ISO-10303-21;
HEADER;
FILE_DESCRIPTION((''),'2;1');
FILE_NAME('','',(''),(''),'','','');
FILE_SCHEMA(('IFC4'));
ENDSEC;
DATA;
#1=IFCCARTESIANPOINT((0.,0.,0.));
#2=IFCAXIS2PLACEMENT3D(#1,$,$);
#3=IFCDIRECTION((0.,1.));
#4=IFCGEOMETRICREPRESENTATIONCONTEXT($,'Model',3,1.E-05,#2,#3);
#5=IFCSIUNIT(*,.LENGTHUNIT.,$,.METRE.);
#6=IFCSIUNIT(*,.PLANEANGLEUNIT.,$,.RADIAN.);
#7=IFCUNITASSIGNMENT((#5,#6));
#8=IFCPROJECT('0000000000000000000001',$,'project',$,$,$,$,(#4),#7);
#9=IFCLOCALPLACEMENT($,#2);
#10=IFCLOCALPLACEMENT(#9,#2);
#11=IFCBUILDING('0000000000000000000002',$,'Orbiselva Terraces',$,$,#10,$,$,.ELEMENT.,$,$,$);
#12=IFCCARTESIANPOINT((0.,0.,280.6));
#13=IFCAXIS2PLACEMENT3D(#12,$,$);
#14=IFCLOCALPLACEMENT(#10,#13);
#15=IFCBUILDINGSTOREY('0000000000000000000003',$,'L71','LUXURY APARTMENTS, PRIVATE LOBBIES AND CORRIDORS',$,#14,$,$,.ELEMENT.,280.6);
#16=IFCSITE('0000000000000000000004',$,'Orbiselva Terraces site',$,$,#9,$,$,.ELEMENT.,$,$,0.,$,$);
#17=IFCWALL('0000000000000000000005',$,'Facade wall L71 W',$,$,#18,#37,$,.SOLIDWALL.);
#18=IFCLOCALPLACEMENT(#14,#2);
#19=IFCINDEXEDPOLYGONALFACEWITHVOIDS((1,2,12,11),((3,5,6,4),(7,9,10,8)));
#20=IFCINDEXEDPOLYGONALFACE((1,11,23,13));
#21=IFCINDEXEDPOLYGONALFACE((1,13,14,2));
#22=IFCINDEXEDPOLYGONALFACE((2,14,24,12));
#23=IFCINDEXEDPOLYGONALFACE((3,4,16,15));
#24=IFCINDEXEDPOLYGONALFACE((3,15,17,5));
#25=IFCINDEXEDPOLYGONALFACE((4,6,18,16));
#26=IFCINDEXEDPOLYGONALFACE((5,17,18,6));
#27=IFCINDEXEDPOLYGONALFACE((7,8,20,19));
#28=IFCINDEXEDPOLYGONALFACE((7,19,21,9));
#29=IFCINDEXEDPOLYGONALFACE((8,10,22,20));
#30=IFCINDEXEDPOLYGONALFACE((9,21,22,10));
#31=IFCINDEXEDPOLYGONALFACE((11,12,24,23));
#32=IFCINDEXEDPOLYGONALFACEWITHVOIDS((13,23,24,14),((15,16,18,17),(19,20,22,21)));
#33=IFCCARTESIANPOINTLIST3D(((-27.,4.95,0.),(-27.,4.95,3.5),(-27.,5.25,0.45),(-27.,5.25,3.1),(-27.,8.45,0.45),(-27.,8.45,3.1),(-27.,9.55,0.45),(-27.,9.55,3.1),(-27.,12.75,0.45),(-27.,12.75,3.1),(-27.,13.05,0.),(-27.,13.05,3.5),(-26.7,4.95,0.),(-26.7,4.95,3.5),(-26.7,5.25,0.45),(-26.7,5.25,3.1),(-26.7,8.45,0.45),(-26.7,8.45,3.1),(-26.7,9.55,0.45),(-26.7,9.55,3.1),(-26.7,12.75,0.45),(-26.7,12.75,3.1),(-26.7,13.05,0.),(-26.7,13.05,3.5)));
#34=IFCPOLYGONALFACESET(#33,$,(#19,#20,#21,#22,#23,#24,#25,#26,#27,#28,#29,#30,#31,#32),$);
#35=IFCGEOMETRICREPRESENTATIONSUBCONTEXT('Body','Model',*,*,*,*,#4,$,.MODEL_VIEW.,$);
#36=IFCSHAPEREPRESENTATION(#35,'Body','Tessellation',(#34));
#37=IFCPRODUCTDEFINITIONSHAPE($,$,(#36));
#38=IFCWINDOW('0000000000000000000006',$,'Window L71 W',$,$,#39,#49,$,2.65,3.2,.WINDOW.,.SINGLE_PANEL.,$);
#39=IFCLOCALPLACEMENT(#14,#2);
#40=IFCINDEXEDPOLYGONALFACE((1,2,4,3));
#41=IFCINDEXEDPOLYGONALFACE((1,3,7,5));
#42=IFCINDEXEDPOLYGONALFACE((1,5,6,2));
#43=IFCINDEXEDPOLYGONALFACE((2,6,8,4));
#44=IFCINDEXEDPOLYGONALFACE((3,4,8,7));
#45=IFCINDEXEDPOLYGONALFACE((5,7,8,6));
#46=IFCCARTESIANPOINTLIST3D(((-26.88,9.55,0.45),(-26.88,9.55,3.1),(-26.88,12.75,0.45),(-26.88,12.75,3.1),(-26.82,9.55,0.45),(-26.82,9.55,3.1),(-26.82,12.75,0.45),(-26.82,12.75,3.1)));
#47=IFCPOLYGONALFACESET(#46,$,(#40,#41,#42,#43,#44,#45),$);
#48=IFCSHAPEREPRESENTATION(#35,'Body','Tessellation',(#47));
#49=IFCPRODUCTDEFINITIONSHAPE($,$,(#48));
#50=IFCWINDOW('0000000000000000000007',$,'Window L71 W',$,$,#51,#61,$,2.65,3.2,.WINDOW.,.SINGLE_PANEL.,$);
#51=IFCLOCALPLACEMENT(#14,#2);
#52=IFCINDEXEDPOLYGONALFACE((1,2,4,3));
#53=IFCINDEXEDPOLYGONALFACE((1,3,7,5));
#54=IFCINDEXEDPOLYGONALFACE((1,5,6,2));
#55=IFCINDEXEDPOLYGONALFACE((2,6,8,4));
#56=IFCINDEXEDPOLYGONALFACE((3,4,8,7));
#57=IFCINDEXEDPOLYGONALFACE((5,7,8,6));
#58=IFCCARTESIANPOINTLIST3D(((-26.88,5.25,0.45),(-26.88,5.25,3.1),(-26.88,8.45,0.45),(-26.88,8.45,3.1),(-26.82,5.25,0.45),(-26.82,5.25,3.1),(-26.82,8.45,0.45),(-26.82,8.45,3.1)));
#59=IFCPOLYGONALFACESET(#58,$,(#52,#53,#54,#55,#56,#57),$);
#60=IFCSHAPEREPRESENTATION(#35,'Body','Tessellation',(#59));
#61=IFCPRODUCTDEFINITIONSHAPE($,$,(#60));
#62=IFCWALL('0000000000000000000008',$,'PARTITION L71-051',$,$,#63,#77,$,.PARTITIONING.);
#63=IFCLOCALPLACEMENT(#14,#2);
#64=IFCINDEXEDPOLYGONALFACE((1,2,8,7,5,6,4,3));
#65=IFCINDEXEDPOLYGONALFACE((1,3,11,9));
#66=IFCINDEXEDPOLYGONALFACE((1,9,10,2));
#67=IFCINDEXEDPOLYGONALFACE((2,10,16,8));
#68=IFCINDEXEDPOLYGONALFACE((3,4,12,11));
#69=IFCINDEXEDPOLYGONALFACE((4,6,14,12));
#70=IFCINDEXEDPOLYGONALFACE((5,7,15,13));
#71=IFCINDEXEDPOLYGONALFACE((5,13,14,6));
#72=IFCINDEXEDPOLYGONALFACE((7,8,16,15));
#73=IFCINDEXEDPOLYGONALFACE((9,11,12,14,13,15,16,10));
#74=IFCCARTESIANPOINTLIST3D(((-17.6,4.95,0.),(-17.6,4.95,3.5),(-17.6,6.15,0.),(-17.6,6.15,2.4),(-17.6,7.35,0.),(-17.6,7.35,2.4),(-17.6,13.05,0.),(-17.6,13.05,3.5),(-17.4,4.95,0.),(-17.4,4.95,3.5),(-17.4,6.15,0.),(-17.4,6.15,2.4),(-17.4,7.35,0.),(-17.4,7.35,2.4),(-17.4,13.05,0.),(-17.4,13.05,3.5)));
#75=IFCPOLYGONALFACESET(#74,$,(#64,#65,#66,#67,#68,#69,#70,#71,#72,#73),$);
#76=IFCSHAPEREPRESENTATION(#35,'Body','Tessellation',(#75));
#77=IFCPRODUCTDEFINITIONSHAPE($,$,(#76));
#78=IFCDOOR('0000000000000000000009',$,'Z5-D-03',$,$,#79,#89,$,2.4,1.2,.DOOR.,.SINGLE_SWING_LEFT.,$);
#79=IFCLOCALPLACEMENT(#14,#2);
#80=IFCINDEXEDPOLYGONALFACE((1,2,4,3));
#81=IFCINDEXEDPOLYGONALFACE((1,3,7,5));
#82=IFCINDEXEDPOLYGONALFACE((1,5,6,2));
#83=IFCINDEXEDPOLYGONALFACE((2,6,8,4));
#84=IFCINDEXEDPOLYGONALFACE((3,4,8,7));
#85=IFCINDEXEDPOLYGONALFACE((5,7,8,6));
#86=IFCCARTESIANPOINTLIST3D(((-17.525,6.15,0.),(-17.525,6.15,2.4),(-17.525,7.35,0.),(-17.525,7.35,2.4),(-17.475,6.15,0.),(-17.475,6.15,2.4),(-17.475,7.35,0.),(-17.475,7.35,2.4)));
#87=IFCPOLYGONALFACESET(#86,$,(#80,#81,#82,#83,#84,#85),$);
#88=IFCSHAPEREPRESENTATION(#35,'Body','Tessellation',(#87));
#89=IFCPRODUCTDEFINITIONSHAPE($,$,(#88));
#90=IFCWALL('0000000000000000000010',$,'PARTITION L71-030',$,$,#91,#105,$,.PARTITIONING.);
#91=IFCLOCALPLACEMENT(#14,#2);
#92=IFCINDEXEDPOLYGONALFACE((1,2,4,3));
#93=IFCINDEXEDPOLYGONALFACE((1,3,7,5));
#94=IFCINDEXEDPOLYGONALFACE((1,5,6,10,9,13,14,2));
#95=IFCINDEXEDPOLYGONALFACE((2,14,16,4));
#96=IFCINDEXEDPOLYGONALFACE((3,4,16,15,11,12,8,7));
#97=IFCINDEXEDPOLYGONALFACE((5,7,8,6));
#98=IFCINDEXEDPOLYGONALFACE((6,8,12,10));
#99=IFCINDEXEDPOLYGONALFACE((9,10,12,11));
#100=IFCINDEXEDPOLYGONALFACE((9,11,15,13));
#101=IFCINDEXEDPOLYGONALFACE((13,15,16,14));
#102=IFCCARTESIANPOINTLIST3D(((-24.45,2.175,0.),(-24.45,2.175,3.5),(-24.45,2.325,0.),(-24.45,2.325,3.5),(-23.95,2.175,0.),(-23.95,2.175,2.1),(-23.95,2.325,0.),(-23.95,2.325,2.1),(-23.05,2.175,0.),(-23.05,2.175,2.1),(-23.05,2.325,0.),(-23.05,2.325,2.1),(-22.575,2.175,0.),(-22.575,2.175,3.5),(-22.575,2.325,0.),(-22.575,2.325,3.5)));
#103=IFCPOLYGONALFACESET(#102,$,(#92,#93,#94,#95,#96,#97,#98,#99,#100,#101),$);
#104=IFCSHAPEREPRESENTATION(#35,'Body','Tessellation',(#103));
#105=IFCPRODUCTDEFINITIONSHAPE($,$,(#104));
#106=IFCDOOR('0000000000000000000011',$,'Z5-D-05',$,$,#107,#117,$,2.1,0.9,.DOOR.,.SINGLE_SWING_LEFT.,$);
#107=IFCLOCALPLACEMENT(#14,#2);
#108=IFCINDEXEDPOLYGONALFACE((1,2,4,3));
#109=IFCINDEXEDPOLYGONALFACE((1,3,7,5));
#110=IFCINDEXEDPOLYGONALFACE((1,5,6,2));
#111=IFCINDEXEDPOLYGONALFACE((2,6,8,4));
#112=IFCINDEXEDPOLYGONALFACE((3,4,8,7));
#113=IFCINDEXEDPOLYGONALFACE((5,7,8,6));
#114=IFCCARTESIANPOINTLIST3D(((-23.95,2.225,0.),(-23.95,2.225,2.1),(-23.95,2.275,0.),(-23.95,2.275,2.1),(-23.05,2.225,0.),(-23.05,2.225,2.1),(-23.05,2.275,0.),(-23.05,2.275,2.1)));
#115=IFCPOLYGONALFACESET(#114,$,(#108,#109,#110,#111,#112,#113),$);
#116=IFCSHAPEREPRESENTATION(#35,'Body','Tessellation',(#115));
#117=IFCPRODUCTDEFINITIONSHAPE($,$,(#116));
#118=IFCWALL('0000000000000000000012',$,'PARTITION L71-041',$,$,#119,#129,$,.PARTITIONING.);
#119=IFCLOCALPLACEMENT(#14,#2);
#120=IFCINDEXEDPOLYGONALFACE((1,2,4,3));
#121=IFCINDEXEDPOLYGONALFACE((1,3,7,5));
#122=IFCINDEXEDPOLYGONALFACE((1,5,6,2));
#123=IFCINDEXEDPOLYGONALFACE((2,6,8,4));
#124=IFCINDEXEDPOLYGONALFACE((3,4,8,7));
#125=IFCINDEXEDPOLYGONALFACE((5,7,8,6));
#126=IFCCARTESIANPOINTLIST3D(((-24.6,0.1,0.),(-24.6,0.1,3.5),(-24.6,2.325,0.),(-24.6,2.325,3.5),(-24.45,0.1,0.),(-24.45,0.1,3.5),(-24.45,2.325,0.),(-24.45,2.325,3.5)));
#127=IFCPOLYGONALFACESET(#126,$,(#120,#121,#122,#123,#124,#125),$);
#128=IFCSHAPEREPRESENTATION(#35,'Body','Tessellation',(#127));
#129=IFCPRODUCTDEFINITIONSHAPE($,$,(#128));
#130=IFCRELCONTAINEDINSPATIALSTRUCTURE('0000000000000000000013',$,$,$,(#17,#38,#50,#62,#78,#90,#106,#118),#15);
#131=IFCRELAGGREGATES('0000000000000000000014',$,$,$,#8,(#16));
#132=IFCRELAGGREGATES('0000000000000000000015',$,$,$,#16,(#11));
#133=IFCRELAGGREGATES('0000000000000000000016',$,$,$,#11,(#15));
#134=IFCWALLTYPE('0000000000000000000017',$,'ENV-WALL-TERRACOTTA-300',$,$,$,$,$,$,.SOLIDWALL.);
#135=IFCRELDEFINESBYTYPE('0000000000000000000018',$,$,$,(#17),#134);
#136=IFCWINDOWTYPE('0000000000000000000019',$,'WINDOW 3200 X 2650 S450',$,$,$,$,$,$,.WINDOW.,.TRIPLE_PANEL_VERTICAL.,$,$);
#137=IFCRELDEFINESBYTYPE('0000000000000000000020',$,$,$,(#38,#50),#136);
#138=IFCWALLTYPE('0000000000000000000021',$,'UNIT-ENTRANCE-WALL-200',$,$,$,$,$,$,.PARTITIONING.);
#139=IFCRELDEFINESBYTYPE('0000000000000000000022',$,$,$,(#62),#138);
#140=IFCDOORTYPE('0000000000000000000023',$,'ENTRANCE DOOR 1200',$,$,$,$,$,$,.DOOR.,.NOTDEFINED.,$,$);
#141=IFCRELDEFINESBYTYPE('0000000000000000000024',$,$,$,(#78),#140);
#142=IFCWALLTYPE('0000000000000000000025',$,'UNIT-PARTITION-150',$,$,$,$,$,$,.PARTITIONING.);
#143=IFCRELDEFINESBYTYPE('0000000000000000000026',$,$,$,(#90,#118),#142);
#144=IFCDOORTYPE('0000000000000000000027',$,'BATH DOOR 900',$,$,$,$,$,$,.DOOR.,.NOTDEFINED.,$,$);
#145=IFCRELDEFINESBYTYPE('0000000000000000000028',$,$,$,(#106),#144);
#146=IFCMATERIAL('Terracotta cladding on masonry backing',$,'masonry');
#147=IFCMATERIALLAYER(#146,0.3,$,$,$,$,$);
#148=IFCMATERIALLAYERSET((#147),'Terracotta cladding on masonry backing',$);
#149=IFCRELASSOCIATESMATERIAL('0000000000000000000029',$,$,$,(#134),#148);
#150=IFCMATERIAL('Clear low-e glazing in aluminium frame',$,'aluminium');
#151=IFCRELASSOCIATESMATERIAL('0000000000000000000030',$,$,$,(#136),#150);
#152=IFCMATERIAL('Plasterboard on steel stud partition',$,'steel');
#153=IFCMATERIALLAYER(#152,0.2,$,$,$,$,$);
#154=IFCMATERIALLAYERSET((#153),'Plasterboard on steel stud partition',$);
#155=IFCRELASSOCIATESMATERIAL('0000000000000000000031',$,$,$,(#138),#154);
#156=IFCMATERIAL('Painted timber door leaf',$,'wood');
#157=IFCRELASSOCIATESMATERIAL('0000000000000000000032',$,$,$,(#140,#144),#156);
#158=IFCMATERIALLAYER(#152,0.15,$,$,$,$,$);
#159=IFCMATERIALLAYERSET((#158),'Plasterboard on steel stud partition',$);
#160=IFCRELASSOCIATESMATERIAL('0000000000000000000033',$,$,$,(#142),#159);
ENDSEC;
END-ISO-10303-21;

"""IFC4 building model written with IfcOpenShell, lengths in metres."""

from ifc_helpers import new_model, si_unit, direction, frame, frame_2d, origin, place, context, subcontext, project, spatial, rectangle, extrude, material, layer, layer_set, type_object, element, fill, save


model = new_model("IFC4")

# Units and contexts
model_context = context("Model", 3, precision=1e-05, world=origin(), true_north=direction((0.0, 1.0)))
body_context = subcontext(model_context, "Body", "Model", "MODEL_VIEW")
ifc_project = project(units=[si_unit("LENGTHUNIT", "METRE"), si_unit("PLANEANGLEUNIT", "RADIAN")], contexts=[model_context])

# Site, building, storey
site_placement = place(None, origin())
site = spatial("IfcSite", under=ifc_project, at=site_placement, Name="Orbiselva Terraces site", CompositionType="ELEMENT", RefElevation=0.0)
building_placement = place(site_placement, origin())
building = spatial("IfcBuilding", under=site, at=building_placement, Name="Orbiselva Terraces", CompositionType="ELEMENT")
storey_placement = place(building_placement, frame((0.0, 0.0, 280.6)))
storey = spatial("IfcBuildingStorey", under=building, at=storey_placement, Name="L71", Description="LUXURY APARTMENTS, PRIVATE LOBBIES AND CORRIDORS", CompositionType="ELEMENT", Elevation=280.6)

# Wall, openings, windows
ifc_material_1 = material(Name="Terracotta cladding on masonry backing", Category="masonry")
ifc_layer_1 = layer(ifc_material_1, 0.3)
ifc_layer_set_1 = layer_set([ifc_layer_1], Name="Terracotta cladding on masonry backing")
wall_type_1 = type_object("IfcWallType", Name="ENV-WALL-TERRACOTTA-300", PredefinedType="SOLIDWALL", material=ifc_layer_set_1)
wall_1_placement = place(storey_placement, frame((-26.85, 4.95, 0.0), z_axis=(0.0, 0.0, 1.0), x_axis=(0.0, 1.0, 0.0)))
wall_1 = element("IfcWall", 1, at=wall_1_placement, inside=storey, type_object=wall_type_1, Name="Facade wall L71 W", PredefinedType="SOLIDWALL", context=body_context, shape_type="SweptSolid", body=[
    extrude(rectangle(XDim=8.1, YDim=0.3, at=frame_2d((4.05, 0.0))), origin(), (0.0, 0.0, 1.0), 3.5),
])
opening_1_placement = place(wall_1_placement, frame((4.6, 0.0, 0.45)))
opening_1 = element("IfcOpeningElement", 2, at=opening_1_placement, cuts=wall_1, PredefinedType="OPENING", context=body_context, shape_type="SweptSolid", body=[
    extrude(rectangle(XDim=3.2, YDim=2.65, at=frame_2d((1.6, 1.325))), frame((0.0, 0.16, 0.0), z_axis=(0.0, -1.0, 0.0), x_axis=(1.0, 0.0, 0.0)), (0.0, 0.0, 1.0), 0.32),
])
opening_2_placement = place(wall_1_placement, frame((0.3, 0.0, 0.45)))
opening_2 = element("IfcOpeningElement", 3, at=opening_2_placement, cuts=wall_1, PredefinedType="OPENING", context=body_context, shape_type="SweptSolid", body=[
    extrude(rectangle(XDim=3.2, YDim=2.65, at=frame_2d((1.6, 1.325))), frame((0.0, 0.16, 0.0), z_axis=(0.0, -1.0, 0.0), x_axis=(1.0, 0.0, 0.0)), (0.0, 0.0, 1.0), 0.32),
])
ifc_material_2 = material(Name="Clear low-e glazing in aluminium frame", Category="aluminium")
window_type = type_object("IfcWindowType", Name="WINDOW 3200 X 2650 S450", PartitioningType="TRIPLE_PANEL_VERTICAL", PredefinedType="WINDOW", material=ifc_material_2)
window_1_placement = place(opening_1_placement, origin())
window_1 = element("IfcWindow", 4, at=window_1_placement, inside=storey, type_object=window_type, Name="Window L71 W", OverallHeight=2.65, OverallWidth=3.2, PartitioningType="SINGLE_PANEL", PredefinedType="WINDOW", context=body_context, shape_type="SweptSolid", body=[
    extrude(rectangle(XDim=3.2, YDim=2.65, at=frame_2d((1.6, 1.325))), frame((0.0, 0.03, 0.0), z_axis=(0.0, -1.0, 0.0), x_axis=(1.0, 0.0, 0.0)), (0.0, 0.0, 1.0), 0.06),
])
fill(opening_1, window_1)
window_2_placement = place(opening_2_placement, origin())
window_2 = element("IfcWindow", 5, at=window_2_placement, inside=storey, type_object=window_type, Name="Window L71 W", OverallHeight=2.65, OverallWidth=3.2, PartitioningType="SINGLE_PANEL", PredefinedType="WINDOW", context=body_context, shape_type="SweptSolid", body=[
    extrude(rectangle(XDim=3.2, YDim=2.65, at=frame_2d((1.6, 1.325))), frame((0.0, 0.03, 0.0), z_axis=(0.0, -1.0, 0.0), x_axis=(1.0, 0.0, 0.0)), (0.0, 0.0, 1.0), 0.06),
])
fill(opening_2, window_2)

# Walls, openings, doors
ifc_material_3 = material(Name="Plasterboard on steel stud partition", Category="steel")
ifc_layer_2 = layer(ifc_material_3, 0.2)
ifc_layer_set_2 = layer_set([ifc_layer_2], Name="Plasterboard on steel stud partition")
wall_type_2 = type_object("IfcWallType", Name="UNIT-ENTRANCE-WALL-200", PredefinedType="PARTITIONING", material=ifc_layer_set_2)
wall_2_placement = place(storey_placement, frame((-17.5, 4.95, 0.0), z_axis=(0.0, 0.0, 1.0), x_axis=(0.0, 1.0, 0.0)))
wall_2 = element("IfcWall", 6, at=wall_2_placement, inside=storey, type_object=wall_type_2, Name="PARTITION L71-051", PredefinedType="PARTITIONING", context=body_context, shape_type="SweptSolid", body=[
    extrude(rectangle(XDim=8.1, YDim=0.2, at=frame_2d((4.05, 0.0))), origin(), (0.0, 0.0, 1.0), 3.5),
])
opening_3_placement = place(wall_2_placement, frame((1.2, 0.0, 0.0)))
opening_3 = element("IfcOpeningElement", 7, at=opening_3_placement, cuts=wall_2, PredefinedType="OPENING", context=body_context, shape_type="SweptSolid", body=[
    extrude(rectangle(XDim=1.2, YDim=2.4, at=frame_2d((0.6, 1.2))), frame((0.0, 0.11, 0.0), z_axis=(0.0, -1.0, 0.0), x_axis=(1.0, 0.0, 0.0)), (0.0, 0.0, 1.0), 0.22),
])
ifc_material_4 = material(Name="Painted timber door leaf", Category="wood")
door_type_1 = type_object("IfcDoorType", Name="ENTRANCE DOOR 1200", OperationType="NOTDEFINED", PredefinedType="DOOR", material=ifc_material_4)
door_1_placement = place(opening_3_placement, origin())
door_1 = element("IfcDoor", 8, at=door_1_placement, inside=storey, type_object=door_type_1, Name="Z5-D-03", OperationType="SINGLE_SWING_LEFT", OverallHeight=2.4, OverallWidth=1.2, PredefinedType="DOOR", context=body_context, shape_type="SweptSolid", body=[
    extrude(rectangle(XDim=1.2, YDim=2.4, at=frame_2d((0.6, 1.2))), frame((0.0, 0.025, 0.0), z_axis=(0.0, -1.0, 0.0), x_axis=(1.0, 0.0, 0.0)), (0.0, 0.0, 1.0), 0.05),
])
fill(opening_3, door_1)
ifc_layer_3 = layer(ifc_material_3, 0.15)
ifc_layer_set_3 = layer_set([ifc_layer_3], Name="Plasterboard on steel stud partition")
wall_type_3 = type_object("IfcWallType", Name="UNIT-PARTITION-150", PredefinedType="PARTITIONING", material=ifc_layer_set_3)
wall_3_placement = place(storey_placement, frame((-22.575, 2.25, 0.0), z_axis=(0.0, 0.0, 1.0), x_axis=(-1.0, 0.0, 0.0)))
wall_3 = element("IfcWall", 9, at=wall_3_placement, inside=storey, type_object=wall_type_3, Name="PARTITION L71-030", PredefinedType="PARTITIONING", context=body_context, shape_type="SweptSolid", body=[
    extrude(rectangle(XDim=1.875, YDim=0.15, at=frame_2d((0.9375, 0.0))), origin(), (0.0, 0.0, 1.0), 3.5),
])
opening_4_placement = place(wall_3_placement, frame((0.475, 0.0, 0.0)))
opening_4 = element("IfcOpeningElement", 10, at=opening_4_placement, cuts=wall_3, PredefinedType="OPENING", context=body_context, shape_type="SweptSolid", body=[
    extrude(rectangle(XDim=0.9, YDim=2.1, at=frame_2d((0.45, 1.05))), frame((0.0, 0.085, 0.0), z_axis=(0.0, -1.0, 0.0), x_axis=(1.0, 0.0, 0.0)), (0.0, 0.0, 1.0), 0.17),
])
door_type_2 = type_object("IfcDoorType", Name="BATH DOOR 900", OperationType="NOTDEFINED", PredefinedType="DOOR", material=ifc_material_4)
door_2_placement = place(opening_4_placement, origin())
door_2 = element("IfcDoor", 11, at=door_2_placement, inside=storey, type_object=door_type_2, Name="Z5-D-05", OperationType="SINGLE_SWING_LEFT", OverallHeight=2.1, OverallWidth=0.9, PredefinedType="DOOR", context=body_context, shape_type="SweptSolid", body=[
    extrude(rectangle(XDim=0.9, YDim=2.1, at=frame_2d((0.45, 1.05))), frame((0.0, 0.025, 0.0), z_axis=(0.0, -1.0, 0.0), x_axis=(1.0, 0.0, 0.0)), (0.0, 0.0, 1.0), 0.05),
])
fill(opening_4, door_2)

# Wall
wall_4_placement = place(storey_placement, frame((-24.525, 0.1, 0.0), z_axis=(0.0, 0.0, 1.0), x_axis=(0.0, 1.0, 0.0)))
element("IfcWall", 12, at=wall_4_placement, inside=storey, type_object=wall_type_3, Name="PARTITION L71-041", PredefinedType="PARTITIONING", context=body_context, shape_type="SweptSolid", body=[
    extrude(rectangle(XDim=2.225, YDim=0.15, at=frame_2d((1.1125, 0.0))), origin(), (0.0, 0.0, 1.0), 3.5),
])

save(model, "model.ifc")
